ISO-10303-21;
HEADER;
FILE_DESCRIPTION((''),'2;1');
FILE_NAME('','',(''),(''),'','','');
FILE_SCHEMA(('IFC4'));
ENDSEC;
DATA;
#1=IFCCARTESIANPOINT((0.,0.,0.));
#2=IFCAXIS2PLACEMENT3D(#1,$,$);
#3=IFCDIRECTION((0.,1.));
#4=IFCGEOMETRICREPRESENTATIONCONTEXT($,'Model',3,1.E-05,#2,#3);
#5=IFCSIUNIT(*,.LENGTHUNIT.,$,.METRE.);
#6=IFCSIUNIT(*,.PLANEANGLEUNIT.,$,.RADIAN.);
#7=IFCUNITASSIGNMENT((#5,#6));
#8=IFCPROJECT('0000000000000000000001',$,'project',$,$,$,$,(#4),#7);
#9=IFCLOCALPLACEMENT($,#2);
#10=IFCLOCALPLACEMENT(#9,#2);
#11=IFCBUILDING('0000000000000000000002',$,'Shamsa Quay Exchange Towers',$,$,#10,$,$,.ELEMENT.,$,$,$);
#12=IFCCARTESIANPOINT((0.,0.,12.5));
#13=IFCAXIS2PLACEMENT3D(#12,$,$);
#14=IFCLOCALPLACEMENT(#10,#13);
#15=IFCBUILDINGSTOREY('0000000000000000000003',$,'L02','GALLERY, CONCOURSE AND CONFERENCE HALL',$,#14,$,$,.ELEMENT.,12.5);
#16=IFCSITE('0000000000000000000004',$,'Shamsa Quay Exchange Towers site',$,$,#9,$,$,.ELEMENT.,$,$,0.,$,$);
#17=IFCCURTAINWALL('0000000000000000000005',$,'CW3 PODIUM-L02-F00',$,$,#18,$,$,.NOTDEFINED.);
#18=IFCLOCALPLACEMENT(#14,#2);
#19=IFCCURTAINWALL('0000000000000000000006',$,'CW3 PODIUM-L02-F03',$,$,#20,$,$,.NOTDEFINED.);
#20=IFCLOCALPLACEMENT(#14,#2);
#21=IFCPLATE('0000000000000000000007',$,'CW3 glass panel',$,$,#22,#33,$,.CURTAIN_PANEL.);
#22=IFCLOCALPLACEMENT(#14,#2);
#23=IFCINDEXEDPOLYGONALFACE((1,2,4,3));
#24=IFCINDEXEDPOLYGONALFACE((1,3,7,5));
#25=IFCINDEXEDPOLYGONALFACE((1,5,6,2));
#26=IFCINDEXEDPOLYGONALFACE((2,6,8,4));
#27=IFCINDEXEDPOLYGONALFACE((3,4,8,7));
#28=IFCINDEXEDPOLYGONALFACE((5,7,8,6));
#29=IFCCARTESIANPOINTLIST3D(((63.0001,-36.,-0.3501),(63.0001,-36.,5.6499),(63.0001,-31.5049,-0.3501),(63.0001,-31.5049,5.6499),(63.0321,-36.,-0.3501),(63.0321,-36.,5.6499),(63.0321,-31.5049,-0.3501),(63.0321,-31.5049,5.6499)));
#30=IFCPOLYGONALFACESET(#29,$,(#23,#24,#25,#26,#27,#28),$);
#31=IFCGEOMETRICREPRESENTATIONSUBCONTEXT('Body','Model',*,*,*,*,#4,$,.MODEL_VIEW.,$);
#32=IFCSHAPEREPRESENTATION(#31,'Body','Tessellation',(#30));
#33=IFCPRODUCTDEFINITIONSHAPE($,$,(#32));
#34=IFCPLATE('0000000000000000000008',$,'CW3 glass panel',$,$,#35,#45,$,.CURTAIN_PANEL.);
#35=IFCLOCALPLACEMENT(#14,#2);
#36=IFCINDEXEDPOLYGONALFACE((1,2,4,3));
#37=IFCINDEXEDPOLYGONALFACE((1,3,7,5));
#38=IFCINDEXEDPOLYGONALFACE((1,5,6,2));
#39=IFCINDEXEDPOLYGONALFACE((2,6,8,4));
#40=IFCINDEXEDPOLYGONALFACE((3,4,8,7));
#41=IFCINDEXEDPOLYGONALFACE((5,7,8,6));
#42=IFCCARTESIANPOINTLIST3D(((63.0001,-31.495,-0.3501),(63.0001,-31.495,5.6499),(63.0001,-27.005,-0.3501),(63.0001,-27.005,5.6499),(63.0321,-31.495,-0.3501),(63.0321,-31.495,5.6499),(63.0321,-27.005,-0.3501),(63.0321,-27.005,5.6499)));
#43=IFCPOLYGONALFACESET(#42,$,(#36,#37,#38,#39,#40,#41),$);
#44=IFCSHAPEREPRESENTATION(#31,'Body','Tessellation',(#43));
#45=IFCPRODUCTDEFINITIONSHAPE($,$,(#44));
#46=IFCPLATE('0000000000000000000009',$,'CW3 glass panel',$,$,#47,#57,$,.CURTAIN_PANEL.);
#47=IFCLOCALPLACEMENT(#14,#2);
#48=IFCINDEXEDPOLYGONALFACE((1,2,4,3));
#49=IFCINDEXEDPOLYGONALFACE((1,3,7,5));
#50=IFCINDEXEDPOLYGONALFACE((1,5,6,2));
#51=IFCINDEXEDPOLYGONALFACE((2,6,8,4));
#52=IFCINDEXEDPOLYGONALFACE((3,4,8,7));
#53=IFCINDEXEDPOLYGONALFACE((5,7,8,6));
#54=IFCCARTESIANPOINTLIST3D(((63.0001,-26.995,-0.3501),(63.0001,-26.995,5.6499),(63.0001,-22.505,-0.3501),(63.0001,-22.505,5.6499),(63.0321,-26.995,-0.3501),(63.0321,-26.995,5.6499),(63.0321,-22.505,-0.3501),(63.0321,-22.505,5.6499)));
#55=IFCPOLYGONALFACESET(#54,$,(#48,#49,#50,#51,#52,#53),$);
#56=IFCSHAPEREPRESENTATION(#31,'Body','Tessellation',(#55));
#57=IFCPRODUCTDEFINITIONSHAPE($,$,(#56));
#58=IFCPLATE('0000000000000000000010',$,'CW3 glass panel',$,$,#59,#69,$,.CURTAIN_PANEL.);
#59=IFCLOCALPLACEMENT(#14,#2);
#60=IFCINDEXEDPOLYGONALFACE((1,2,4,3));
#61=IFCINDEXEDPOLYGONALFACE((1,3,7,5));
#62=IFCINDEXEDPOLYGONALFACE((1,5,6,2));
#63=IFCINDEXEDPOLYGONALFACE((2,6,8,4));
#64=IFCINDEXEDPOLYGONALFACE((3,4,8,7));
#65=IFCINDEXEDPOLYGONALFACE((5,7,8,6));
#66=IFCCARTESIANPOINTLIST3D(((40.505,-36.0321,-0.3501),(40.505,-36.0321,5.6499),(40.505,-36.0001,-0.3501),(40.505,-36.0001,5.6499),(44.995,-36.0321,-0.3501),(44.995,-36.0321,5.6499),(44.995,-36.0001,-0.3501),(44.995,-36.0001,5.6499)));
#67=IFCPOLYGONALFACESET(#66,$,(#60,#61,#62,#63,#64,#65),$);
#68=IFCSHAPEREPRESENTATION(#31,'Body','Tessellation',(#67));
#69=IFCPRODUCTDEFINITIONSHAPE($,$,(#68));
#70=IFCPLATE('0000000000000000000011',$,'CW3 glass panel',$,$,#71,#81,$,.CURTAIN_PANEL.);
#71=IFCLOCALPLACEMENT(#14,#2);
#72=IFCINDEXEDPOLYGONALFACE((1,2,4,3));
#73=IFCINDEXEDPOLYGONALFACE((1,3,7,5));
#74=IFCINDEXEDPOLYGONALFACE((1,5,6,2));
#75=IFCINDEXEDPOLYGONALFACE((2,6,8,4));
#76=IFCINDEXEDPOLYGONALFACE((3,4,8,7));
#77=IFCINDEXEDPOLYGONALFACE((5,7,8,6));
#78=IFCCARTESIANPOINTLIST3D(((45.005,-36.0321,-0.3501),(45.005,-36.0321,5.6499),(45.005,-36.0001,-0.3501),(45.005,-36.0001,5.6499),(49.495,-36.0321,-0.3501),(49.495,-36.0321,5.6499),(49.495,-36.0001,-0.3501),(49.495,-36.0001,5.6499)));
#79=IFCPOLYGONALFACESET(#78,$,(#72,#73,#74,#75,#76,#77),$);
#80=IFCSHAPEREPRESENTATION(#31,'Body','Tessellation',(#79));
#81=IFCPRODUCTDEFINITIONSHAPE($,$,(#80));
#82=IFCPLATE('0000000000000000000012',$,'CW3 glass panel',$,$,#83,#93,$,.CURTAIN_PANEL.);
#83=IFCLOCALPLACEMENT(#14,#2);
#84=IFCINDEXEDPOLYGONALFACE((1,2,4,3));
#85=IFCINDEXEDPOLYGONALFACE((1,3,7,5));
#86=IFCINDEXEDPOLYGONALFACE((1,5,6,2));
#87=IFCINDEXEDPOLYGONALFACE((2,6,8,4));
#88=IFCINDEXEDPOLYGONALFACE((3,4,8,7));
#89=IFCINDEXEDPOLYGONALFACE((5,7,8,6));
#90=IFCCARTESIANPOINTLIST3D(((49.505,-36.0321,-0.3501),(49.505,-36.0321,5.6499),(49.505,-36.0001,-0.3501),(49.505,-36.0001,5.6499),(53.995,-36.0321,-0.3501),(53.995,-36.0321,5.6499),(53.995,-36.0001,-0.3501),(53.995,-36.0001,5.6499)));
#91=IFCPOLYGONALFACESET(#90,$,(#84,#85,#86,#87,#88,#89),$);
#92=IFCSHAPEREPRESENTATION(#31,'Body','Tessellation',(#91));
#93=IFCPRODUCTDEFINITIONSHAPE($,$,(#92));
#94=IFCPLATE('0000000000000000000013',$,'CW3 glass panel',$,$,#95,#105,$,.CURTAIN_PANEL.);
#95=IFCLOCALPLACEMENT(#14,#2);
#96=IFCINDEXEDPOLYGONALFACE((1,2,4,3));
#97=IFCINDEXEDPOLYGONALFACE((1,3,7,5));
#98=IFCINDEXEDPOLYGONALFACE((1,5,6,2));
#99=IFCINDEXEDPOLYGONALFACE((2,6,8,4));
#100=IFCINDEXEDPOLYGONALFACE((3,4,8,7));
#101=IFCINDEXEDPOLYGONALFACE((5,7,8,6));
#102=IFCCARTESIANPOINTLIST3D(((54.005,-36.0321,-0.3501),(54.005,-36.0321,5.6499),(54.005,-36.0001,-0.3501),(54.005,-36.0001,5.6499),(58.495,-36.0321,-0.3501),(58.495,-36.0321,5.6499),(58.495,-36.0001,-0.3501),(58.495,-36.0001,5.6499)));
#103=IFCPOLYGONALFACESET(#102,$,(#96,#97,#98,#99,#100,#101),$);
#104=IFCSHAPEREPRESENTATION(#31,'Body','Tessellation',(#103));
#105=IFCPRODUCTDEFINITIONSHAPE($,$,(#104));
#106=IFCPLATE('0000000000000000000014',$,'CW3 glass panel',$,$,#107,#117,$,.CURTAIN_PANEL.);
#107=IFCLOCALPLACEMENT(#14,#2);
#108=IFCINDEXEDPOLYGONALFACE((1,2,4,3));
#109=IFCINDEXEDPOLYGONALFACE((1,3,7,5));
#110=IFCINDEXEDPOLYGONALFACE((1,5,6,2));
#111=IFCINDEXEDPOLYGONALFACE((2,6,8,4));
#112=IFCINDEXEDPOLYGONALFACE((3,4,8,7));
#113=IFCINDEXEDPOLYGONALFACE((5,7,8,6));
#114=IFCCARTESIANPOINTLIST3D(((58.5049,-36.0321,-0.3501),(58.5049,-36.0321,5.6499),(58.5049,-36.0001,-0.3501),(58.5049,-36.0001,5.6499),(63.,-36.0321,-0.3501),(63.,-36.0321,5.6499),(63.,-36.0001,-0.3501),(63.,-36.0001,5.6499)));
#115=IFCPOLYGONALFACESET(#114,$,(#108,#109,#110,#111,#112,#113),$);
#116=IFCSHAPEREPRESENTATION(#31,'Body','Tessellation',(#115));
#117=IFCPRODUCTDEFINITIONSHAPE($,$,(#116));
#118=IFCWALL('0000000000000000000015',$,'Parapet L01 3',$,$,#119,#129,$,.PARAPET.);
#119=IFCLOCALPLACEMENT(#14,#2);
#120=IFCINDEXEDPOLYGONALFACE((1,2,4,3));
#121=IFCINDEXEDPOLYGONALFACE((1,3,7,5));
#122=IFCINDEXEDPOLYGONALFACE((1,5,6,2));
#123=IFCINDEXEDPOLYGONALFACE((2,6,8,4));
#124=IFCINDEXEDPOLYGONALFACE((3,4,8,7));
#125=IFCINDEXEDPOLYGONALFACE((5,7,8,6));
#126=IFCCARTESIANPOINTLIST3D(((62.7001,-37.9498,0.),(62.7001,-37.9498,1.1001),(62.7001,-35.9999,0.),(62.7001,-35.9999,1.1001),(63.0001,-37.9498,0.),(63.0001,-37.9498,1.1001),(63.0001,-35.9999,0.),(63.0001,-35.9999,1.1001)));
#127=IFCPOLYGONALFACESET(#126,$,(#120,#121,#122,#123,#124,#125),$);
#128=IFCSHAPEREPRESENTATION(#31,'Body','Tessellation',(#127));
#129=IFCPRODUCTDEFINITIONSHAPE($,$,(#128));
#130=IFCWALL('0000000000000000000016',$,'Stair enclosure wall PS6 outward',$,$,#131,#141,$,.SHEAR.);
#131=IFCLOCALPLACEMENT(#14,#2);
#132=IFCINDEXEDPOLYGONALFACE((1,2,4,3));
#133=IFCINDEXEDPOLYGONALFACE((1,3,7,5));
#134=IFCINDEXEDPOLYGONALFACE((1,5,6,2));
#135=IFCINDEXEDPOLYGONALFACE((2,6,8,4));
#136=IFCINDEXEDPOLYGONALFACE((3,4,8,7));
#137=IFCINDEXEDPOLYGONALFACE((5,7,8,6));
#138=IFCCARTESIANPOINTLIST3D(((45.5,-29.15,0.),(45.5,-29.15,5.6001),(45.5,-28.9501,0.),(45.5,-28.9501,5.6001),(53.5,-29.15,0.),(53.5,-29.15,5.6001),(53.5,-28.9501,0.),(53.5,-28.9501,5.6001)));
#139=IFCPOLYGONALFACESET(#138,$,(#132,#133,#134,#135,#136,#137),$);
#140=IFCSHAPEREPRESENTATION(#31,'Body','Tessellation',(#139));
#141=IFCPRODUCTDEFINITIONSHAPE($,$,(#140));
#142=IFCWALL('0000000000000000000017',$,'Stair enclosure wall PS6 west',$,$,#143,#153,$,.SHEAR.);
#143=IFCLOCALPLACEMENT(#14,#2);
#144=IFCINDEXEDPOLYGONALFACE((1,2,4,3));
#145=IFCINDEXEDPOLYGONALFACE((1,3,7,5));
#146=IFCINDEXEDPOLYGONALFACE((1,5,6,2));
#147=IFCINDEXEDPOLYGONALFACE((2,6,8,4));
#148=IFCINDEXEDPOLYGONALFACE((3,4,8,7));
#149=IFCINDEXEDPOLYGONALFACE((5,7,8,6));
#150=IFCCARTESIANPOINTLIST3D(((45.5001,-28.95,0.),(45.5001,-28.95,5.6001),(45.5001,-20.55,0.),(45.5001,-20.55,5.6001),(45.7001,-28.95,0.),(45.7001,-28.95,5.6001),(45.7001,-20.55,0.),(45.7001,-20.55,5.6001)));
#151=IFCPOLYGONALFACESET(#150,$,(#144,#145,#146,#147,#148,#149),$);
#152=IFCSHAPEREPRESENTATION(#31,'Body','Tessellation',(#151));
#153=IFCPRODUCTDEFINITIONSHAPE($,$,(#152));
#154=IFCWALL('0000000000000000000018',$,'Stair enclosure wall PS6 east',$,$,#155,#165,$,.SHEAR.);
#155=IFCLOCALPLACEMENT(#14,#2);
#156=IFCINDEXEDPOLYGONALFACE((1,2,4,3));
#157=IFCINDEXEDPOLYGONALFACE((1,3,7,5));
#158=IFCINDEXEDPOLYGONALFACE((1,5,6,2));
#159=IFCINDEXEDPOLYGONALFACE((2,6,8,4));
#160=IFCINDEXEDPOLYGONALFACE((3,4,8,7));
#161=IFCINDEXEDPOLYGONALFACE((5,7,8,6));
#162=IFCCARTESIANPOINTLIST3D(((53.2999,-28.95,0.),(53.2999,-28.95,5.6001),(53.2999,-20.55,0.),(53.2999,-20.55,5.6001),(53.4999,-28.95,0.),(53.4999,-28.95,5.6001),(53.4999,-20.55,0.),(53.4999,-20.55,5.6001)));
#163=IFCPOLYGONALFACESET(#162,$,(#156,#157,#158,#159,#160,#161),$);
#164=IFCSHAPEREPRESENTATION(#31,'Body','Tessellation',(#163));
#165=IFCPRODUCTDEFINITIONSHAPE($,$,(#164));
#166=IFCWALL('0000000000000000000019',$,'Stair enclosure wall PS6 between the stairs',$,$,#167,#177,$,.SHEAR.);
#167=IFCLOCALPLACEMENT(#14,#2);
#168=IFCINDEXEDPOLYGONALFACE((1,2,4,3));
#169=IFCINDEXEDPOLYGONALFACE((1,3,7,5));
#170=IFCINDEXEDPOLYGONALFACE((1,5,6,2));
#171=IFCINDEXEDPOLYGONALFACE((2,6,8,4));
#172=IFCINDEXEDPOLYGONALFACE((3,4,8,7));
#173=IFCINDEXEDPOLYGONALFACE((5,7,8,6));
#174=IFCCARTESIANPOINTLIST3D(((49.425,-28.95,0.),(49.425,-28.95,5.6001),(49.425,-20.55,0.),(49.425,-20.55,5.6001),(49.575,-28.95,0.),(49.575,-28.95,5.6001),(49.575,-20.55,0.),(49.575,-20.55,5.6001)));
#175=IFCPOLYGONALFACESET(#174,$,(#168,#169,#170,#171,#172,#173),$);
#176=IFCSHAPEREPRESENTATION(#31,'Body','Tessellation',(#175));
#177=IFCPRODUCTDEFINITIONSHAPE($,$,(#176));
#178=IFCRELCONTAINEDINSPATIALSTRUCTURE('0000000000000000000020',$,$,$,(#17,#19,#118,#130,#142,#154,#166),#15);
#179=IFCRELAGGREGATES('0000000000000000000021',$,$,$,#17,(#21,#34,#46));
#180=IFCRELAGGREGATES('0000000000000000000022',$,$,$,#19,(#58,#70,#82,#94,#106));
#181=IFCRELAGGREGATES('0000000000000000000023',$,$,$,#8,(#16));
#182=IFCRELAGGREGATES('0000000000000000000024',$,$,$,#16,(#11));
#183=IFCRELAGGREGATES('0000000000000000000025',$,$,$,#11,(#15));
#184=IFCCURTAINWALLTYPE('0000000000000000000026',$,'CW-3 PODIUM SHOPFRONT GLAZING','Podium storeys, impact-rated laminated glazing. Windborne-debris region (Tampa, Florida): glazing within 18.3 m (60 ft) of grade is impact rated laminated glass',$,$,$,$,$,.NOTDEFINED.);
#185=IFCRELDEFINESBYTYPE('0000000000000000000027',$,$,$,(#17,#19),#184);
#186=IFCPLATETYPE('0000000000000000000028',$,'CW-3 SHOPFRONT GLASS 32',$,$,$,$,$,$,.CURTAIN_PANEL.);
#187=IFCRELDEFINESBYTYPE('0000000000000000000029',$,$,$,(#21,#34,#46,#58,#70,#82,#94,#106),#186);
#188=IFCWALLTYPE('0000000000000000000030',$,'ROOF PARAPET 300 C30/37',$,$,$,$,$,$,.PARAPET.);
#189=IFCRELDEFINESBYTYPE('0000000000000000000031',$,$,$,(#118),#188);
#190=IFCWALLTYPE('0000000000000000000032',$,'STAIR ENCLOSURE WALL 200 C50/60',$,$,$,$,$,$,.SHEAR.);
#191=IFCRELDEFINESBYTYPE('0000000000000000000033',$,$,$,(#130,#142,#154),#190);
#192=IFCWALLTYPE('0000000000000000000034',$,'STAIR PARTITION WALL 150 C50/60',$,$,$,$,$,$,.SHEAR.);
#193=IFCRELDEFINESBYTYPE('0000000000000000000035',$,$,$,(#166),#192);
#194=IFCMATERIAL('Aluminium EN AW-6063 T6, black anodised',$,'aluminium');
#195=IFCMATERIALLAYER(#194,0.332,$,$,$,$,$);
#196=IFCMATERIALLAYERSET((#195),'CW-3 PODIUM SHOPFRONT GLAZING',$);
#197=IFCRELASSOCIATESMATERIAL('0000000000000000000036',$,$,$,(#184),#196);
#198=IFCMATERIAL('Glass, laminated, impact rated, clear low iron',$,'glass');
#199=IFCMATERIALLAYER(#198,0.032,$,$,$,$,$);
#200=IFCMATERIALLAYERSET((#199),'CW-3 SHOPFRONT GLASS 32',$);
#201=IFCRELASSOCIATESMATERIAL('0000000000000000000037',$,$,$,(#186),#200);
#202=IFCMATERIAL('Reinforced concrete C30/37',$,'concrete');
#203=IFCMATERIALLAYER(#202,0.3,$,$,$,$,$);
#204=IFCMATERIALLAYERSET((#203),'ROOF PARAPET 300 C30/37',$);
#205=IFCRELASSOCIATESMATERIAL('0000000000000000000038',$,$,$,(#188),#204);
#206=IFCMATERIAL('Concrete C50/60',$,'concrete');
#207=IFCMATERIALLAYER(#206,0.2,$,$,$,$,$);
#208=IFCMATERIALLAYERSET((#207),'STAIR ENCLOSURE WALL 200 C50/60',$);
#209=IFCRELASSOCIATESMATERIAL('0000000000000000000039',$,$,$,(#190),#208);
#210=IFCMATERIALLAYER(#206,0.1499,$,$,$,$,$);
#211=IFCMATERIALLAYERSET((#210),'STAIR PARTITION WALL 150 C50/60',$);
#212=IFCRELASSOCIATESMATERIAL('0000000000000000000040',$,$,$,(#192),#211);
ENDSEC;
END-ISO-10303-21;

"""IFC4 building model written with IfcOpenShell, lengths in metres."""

from ifc_helpers import new_model, si_unit, direction, frame, frame_2d, origin, origin_2d, place, context, subcontext, project, spatial, rectangle, extrude, material, layer, layer_set, type_object, element, aggregate, save


model = new_model("IFC4")

# Units and contexts
model_context = context("Model", 3, precision=1e-05, world=origin(), true_north=direction((0.0, 1.0)))
body_context = subcontext(model_context, "Body", "Model", "MODEL_VIEW")
ifc_project = project(units=[si_unit("LENGTHUNIT", "METRE"), si_unit("PLANEANGLEUNIT", "RADIAN")], contexts=[model_context])

# Site, building, storey
site_placement = place(None, origin())
site = spatial("IfcSite", under=ifc_project, at=site_placement, Name="Shamsa Quay Exchange Towers site", CompositionType="ELEMENT", RefElevation=0.0)
building_placement = place(site_placement, origin())
building = spatial("IfcBuilding", under=site, at=building_placement, Name="Shamsa Quay Exchange Towers", CompositionType="ELEMENT")
storey_placement = place(building_placement, frame((0.0, 0.0, 12.5)))
storey = spatial("IfcBuildingStorey", under=building, at=storey_placement, Name="L02", Description="GALLERY, CONCOURSE AND CONFERENCE HALL", CompositionType="ELEMENT", Elevation=12.5)

# Curtain walls
ifc_material_1 = material(Name="Aluminium EN AW-6063 T6, black anodised", Category="aluminium")
ifc_layer_1 = layer(ifc_material_1, 0.332)
ifc_layer_set_1 = layer_set([ifc_layer_1], Name="CW-3 PODIUM SHOPFRONT GLAZING")
curtain_wall_type = type_object("IfcCurtainWallType", Name="CW-3 PODIUM SHOPFRONT GLAZING", Description="Podium storeys, impact-rated laminated glazing. Windborne-debris region (Tampa, Florida): glazing within 18.3 m (60 ft) of grade is impact rated laminated glass", PredefinedType="NOTDEFINED", material=ifc_layer_set_1)
curtain_wall_1_placement = place(storey_placement, origin())
curtain_wall_1 = element("IfcCurtainWall", 1, at=curtain_wall_1_placement, inside=storey, type_object=curtain_wall_type, Name="CW3 PODIUM-L02-F00", PredefinedType="NOTDEFINED")
curtain_wall_2_placement = place(storey_placement, origin())
curtain_wall_2 = element("IfcCurtainWall", 2, at=curtain_wall_2_placement, inside=storey, type_object=curtain_wall_type, Name="CW3 PODIUM-L02-F03", PredefinedType="NOTDEFINED")

# Plates
ifc_material_2 = material(Name="Glass, laminated, impact rated, clear low iron", Category="glass")
ifc_layer_2 = layer(ifc_material_2, 0.032)
ifc_layer_set_2 = layer_set([ifc_layer_2], Name="CW-3 SHOPFRONT GLASS 32")
plate_type = type_object("IfcPlateType", Name="CW-3 SHOPFRONT GLASS 32", PredefinedType="CURTAIN_PANEL", material=ifc_layer_set_2)
plate_1_placement = place(storey_placement, frame((63.0161, -33.7524, -0.3501), z_axis=(0.0, 0.0, 1.0), x_axis=(0.0, 1.0, 0.0)))
plate_1 = element("IfcPlate", 3, at=plate_1_placement, type_object=plate_type, Name="CW3 glass panel", PredefinedType="CURTAIN_PANEL", context=body_context, shape_type="SweptSolid", body=[
    extrude(rectangle(XDim=4.4951, YDim=0.032, at=origin_2d()), origin(), (0.0, 0.0, 1.0), 6.0),
])
plate_2_placement = place(storey_placement, frame((63.0161, -29.25, -0.3501), z_axis=(0.0, 0.0, 1.0), x_axis=(0.0, 1.0, 0.0)))
plate_2 = element("IfcPlate", 4, at=plate_2_placement, type_object=plate_type, Name="CW3 glass panel", PredefinedType="CURTAIN_PANEL", context=body_context, shape_type="SweptSolid", body=[
    extrude(rectangle(XDim=4.49, YDim=0.032, at=origin_2d()), origin(), (0.0, 0.0, 1.0), 6.0),
])
plate_3_placement = place(storey_placement, frame((63.0161, -24.75, -0.3501), z_axis=(0.0, 0.0, 1.0), x_axis=(0.0, 1.0, 0.0)))
plate_3 = element("IfcPlate", 5, at=plate_3_placement, type_object=plate_type, Name="CW3 glass panel", PredefinedType="CURTAIN_PANEL", context=body_context, shape_type="SweptSolid", body=[
    extrude(rectangle(XDim=4.49, YDim=0.032, at=origin_2d()), origin(), (0.0, 0.0, 1.0), 6.0),
])
aggregate(curtain_wall_1, [plate_1, plate_2, plate_3])
plate_4_placement = place(storey_placement, frame((42.75, -36.0161, -0.3501)))
plate_4 = element("IfcPlate", 6, at=plate_4_placement, type_object=plate_type, Name="CW3 glass panel", PredefinedType="CURTAIN_PANEL", context=body_context, shape_type="SweptSolid", body=[
    extrude(rectangle(XDim=4.49, YDim=0.032, at=origin_2d()), origin(), (0.0, 0.0, 1.0), 6.0),
])
plate_5_placement = place(storey_placement, frame((47.25, -36.0161, -0.3501)))
plate_5 = element("IfcPlate", 7, at=plate_5_placement, type_object=plate_type, Name="CW3 glass panel", PredefinedType="CURTAIN_PANEL", context=body_context, shape_type="SweptSolid", body=[
    extrude(rectangle(XDim=4.49, YDim=0.032, at=origin_2d()), origin(), (0.0, 0.0, 1.0), 6.0),
])
plate_6_placement = place(storey_placement, frame((51.75, -36.0161, -0.3501)))
plate_6 = element("IfcPlate", 8, at=plate_6_placement, type_object=plate_type, Name="CW3 glass panel", PredefinedType="CURTAIN_PANEL", context=body_context, shape_type="SweptSolid", body=[
    extrude(rectangle(XDim=4.49, YDim=0.032, at=origin_2d()), origin(), (0.0, 0.0, 1.0), 6.0),
])
plate_7_placement = place(storey_placement, frame((56.25, -36.0161, -0.3501)))
plate_7 = element("IfcPlate", 9, at=plate_7_placement, type_object=plate_type, Name="CW3 glass panel", PredefinedType="CURTAIN_PANEL", context=body_context, shape_type="SweptSolid", body=[
    extrude(rectangle(XDim=4.49, YDim=0.032, at=origin_2d()), origin(), (0.0, 0.0, 1.0), 6.0),
])
plate_8_placement = place(storey_placement, frame((60.7524, -36.0161, -0.3501)))
plate_8 = element("IfcPlate", 10, at=plate_8_placement, type_object=plate_type, Name="CW3 glass panel", PredefinedType="CURTAIN_PANEL", context=body_context, shape_type="SweptSolid", body=[
    extrude(rectangle(XDim=4.4951, YDim=0.032, at=origin_2d()), origin(), (0.0, 0.0, 1.0), 6.0),
])
aggregate(curtain_wall_2, [plate_4, plate_5, plate_6, plate_7, plate_8])

# Wall
ifc_material_3 = material(Name="Reinforced concrete C30/37", Category="concrete")
ifc_layer_3 = layer(ifc_material_3, 0.3)
ifc_layer_set_3 = layer_set([ifc_layer_3], Name="ROOF PARAPET 300 C30/37")
wall_type_1 = type_object("IfcWallType", Name="ROOF PARAPET 300 C30/37", PredefinedType="PARAPET", material=ifc_layer_set_3)
wall_1_placement = place(storey_placement, frame((62.8501, -37.95, 0.0), z_axis=(0.0, 0.0, 1.0), x_axis=(0.0, 1.0, 0.0)))
element("IfcWall", 11, at=wall_1_placement, inside=storey, type_object=wall_type_1, Name="Parapet L01 3", PredefinedType="PARAPET", context=body_context, shape_type="SweptSolid", body=[
    extrude(rectangle(XDim=1.95, YDim=0.3, at=frame_2d((0.9751, 0.0))), origin(), (0.0, 0.0, 1.0), 1.1001),
])

# Shared definitions
ifc_material_4 = material(Name="Concrete C50/60", Category="concrete")
ifc_layer_4 = layer(ifc_material_4, 0.2)
ifc_layer_set_4 = layer_set([ifc_layer_4], Name="STAIR ENCLOSURE WALL 200 C50/60")
wall_type_2 = type_object("IfcWallType", Name="STAIR ENCLOSURE WALL 200 C50/60", PredefinedType="SHEAR", material=ifc_layer_set_4)

# Walls
wall_2_placement = place(storey_placement, frame((45.5, -29.05, 0.0)))
element("IfcWall", 12, at=wall_2_placement, inside=storey, type_object=wall_type_2, Name="Stair enclosure wall PS6 outward", PredefinedType="SHEAR", context=body_context, shape_type="SweptSolid", body=[
    extrude(rectangle(XDim=8.0, YDim=0.2, at=frame_2d((4.0, 0.0))), origin(), (0.0, 0.0, 1.0), 5.6001),
])
for number, where, z_axis, x_axis, name in (
    (13, (45.6001, -28.95, 0.0), (0.0, 0.0, 1.0), (0.0, 1.0, 0.0), "Stair enclosure wall PS6 west"),
    (14, (53.3999, -28.95, 0.0), (0.0, 0.0, 1.0), (0.0, 1.0, 0.0), "Stair enclosure wall PS6 east"),
):
    element("IfcWall", number, at=place(storey_placement, frame(where, z_axis=z_axis, x_axis=x_axis)), inside=storey, type_object=wall_type_2, Name=name, PredefinedType="SHEAR", context=body_context, shape_type="SweptSolid", body=[
        extrude(rectangle(XDim=8.3999, YDim=0.2, at=frame_2d((4.2, 0.0))), origin(), (0.0, 0.0, 1.0), 5.6001),
    ])
ifc_layer_5 = layer(ifc_material_4, 0.1499)
ifc_layer_set_5 = layer_set([ifc_layer_5], Name="STAIR PARTITION WALL 150 C50/60")
wall_type_3 = type_object("IfcWallType", Name="STAIR PARTITION WALL 150 C50/60", PredefinedType="SHEAR", material=ifc_layer_set_5)
wall_3_placement = place(storey_placement, frame((49.5, -28.95, 0.0), z_axis=(0.0, 0.0, 1.0), x_axis=(0.0, 1.0, 0.0)))
element("IfcWall", 15, at=wall_3_placement, inside=storey, type_object=wall_type_3, Name="Stair enclosure wall PS6 between the stairs", PredefinedType="SHEAR", context=body_context, shape_type="SweptSolid", body=[
    extrude(rectangle(XDim=8.3999, YDim=0.1499, at=frame_2d((4.2, 0.0))), origin(), (0.0, 0.0, 1.0), 5.6001),
])

save(model, "model.ifc")
